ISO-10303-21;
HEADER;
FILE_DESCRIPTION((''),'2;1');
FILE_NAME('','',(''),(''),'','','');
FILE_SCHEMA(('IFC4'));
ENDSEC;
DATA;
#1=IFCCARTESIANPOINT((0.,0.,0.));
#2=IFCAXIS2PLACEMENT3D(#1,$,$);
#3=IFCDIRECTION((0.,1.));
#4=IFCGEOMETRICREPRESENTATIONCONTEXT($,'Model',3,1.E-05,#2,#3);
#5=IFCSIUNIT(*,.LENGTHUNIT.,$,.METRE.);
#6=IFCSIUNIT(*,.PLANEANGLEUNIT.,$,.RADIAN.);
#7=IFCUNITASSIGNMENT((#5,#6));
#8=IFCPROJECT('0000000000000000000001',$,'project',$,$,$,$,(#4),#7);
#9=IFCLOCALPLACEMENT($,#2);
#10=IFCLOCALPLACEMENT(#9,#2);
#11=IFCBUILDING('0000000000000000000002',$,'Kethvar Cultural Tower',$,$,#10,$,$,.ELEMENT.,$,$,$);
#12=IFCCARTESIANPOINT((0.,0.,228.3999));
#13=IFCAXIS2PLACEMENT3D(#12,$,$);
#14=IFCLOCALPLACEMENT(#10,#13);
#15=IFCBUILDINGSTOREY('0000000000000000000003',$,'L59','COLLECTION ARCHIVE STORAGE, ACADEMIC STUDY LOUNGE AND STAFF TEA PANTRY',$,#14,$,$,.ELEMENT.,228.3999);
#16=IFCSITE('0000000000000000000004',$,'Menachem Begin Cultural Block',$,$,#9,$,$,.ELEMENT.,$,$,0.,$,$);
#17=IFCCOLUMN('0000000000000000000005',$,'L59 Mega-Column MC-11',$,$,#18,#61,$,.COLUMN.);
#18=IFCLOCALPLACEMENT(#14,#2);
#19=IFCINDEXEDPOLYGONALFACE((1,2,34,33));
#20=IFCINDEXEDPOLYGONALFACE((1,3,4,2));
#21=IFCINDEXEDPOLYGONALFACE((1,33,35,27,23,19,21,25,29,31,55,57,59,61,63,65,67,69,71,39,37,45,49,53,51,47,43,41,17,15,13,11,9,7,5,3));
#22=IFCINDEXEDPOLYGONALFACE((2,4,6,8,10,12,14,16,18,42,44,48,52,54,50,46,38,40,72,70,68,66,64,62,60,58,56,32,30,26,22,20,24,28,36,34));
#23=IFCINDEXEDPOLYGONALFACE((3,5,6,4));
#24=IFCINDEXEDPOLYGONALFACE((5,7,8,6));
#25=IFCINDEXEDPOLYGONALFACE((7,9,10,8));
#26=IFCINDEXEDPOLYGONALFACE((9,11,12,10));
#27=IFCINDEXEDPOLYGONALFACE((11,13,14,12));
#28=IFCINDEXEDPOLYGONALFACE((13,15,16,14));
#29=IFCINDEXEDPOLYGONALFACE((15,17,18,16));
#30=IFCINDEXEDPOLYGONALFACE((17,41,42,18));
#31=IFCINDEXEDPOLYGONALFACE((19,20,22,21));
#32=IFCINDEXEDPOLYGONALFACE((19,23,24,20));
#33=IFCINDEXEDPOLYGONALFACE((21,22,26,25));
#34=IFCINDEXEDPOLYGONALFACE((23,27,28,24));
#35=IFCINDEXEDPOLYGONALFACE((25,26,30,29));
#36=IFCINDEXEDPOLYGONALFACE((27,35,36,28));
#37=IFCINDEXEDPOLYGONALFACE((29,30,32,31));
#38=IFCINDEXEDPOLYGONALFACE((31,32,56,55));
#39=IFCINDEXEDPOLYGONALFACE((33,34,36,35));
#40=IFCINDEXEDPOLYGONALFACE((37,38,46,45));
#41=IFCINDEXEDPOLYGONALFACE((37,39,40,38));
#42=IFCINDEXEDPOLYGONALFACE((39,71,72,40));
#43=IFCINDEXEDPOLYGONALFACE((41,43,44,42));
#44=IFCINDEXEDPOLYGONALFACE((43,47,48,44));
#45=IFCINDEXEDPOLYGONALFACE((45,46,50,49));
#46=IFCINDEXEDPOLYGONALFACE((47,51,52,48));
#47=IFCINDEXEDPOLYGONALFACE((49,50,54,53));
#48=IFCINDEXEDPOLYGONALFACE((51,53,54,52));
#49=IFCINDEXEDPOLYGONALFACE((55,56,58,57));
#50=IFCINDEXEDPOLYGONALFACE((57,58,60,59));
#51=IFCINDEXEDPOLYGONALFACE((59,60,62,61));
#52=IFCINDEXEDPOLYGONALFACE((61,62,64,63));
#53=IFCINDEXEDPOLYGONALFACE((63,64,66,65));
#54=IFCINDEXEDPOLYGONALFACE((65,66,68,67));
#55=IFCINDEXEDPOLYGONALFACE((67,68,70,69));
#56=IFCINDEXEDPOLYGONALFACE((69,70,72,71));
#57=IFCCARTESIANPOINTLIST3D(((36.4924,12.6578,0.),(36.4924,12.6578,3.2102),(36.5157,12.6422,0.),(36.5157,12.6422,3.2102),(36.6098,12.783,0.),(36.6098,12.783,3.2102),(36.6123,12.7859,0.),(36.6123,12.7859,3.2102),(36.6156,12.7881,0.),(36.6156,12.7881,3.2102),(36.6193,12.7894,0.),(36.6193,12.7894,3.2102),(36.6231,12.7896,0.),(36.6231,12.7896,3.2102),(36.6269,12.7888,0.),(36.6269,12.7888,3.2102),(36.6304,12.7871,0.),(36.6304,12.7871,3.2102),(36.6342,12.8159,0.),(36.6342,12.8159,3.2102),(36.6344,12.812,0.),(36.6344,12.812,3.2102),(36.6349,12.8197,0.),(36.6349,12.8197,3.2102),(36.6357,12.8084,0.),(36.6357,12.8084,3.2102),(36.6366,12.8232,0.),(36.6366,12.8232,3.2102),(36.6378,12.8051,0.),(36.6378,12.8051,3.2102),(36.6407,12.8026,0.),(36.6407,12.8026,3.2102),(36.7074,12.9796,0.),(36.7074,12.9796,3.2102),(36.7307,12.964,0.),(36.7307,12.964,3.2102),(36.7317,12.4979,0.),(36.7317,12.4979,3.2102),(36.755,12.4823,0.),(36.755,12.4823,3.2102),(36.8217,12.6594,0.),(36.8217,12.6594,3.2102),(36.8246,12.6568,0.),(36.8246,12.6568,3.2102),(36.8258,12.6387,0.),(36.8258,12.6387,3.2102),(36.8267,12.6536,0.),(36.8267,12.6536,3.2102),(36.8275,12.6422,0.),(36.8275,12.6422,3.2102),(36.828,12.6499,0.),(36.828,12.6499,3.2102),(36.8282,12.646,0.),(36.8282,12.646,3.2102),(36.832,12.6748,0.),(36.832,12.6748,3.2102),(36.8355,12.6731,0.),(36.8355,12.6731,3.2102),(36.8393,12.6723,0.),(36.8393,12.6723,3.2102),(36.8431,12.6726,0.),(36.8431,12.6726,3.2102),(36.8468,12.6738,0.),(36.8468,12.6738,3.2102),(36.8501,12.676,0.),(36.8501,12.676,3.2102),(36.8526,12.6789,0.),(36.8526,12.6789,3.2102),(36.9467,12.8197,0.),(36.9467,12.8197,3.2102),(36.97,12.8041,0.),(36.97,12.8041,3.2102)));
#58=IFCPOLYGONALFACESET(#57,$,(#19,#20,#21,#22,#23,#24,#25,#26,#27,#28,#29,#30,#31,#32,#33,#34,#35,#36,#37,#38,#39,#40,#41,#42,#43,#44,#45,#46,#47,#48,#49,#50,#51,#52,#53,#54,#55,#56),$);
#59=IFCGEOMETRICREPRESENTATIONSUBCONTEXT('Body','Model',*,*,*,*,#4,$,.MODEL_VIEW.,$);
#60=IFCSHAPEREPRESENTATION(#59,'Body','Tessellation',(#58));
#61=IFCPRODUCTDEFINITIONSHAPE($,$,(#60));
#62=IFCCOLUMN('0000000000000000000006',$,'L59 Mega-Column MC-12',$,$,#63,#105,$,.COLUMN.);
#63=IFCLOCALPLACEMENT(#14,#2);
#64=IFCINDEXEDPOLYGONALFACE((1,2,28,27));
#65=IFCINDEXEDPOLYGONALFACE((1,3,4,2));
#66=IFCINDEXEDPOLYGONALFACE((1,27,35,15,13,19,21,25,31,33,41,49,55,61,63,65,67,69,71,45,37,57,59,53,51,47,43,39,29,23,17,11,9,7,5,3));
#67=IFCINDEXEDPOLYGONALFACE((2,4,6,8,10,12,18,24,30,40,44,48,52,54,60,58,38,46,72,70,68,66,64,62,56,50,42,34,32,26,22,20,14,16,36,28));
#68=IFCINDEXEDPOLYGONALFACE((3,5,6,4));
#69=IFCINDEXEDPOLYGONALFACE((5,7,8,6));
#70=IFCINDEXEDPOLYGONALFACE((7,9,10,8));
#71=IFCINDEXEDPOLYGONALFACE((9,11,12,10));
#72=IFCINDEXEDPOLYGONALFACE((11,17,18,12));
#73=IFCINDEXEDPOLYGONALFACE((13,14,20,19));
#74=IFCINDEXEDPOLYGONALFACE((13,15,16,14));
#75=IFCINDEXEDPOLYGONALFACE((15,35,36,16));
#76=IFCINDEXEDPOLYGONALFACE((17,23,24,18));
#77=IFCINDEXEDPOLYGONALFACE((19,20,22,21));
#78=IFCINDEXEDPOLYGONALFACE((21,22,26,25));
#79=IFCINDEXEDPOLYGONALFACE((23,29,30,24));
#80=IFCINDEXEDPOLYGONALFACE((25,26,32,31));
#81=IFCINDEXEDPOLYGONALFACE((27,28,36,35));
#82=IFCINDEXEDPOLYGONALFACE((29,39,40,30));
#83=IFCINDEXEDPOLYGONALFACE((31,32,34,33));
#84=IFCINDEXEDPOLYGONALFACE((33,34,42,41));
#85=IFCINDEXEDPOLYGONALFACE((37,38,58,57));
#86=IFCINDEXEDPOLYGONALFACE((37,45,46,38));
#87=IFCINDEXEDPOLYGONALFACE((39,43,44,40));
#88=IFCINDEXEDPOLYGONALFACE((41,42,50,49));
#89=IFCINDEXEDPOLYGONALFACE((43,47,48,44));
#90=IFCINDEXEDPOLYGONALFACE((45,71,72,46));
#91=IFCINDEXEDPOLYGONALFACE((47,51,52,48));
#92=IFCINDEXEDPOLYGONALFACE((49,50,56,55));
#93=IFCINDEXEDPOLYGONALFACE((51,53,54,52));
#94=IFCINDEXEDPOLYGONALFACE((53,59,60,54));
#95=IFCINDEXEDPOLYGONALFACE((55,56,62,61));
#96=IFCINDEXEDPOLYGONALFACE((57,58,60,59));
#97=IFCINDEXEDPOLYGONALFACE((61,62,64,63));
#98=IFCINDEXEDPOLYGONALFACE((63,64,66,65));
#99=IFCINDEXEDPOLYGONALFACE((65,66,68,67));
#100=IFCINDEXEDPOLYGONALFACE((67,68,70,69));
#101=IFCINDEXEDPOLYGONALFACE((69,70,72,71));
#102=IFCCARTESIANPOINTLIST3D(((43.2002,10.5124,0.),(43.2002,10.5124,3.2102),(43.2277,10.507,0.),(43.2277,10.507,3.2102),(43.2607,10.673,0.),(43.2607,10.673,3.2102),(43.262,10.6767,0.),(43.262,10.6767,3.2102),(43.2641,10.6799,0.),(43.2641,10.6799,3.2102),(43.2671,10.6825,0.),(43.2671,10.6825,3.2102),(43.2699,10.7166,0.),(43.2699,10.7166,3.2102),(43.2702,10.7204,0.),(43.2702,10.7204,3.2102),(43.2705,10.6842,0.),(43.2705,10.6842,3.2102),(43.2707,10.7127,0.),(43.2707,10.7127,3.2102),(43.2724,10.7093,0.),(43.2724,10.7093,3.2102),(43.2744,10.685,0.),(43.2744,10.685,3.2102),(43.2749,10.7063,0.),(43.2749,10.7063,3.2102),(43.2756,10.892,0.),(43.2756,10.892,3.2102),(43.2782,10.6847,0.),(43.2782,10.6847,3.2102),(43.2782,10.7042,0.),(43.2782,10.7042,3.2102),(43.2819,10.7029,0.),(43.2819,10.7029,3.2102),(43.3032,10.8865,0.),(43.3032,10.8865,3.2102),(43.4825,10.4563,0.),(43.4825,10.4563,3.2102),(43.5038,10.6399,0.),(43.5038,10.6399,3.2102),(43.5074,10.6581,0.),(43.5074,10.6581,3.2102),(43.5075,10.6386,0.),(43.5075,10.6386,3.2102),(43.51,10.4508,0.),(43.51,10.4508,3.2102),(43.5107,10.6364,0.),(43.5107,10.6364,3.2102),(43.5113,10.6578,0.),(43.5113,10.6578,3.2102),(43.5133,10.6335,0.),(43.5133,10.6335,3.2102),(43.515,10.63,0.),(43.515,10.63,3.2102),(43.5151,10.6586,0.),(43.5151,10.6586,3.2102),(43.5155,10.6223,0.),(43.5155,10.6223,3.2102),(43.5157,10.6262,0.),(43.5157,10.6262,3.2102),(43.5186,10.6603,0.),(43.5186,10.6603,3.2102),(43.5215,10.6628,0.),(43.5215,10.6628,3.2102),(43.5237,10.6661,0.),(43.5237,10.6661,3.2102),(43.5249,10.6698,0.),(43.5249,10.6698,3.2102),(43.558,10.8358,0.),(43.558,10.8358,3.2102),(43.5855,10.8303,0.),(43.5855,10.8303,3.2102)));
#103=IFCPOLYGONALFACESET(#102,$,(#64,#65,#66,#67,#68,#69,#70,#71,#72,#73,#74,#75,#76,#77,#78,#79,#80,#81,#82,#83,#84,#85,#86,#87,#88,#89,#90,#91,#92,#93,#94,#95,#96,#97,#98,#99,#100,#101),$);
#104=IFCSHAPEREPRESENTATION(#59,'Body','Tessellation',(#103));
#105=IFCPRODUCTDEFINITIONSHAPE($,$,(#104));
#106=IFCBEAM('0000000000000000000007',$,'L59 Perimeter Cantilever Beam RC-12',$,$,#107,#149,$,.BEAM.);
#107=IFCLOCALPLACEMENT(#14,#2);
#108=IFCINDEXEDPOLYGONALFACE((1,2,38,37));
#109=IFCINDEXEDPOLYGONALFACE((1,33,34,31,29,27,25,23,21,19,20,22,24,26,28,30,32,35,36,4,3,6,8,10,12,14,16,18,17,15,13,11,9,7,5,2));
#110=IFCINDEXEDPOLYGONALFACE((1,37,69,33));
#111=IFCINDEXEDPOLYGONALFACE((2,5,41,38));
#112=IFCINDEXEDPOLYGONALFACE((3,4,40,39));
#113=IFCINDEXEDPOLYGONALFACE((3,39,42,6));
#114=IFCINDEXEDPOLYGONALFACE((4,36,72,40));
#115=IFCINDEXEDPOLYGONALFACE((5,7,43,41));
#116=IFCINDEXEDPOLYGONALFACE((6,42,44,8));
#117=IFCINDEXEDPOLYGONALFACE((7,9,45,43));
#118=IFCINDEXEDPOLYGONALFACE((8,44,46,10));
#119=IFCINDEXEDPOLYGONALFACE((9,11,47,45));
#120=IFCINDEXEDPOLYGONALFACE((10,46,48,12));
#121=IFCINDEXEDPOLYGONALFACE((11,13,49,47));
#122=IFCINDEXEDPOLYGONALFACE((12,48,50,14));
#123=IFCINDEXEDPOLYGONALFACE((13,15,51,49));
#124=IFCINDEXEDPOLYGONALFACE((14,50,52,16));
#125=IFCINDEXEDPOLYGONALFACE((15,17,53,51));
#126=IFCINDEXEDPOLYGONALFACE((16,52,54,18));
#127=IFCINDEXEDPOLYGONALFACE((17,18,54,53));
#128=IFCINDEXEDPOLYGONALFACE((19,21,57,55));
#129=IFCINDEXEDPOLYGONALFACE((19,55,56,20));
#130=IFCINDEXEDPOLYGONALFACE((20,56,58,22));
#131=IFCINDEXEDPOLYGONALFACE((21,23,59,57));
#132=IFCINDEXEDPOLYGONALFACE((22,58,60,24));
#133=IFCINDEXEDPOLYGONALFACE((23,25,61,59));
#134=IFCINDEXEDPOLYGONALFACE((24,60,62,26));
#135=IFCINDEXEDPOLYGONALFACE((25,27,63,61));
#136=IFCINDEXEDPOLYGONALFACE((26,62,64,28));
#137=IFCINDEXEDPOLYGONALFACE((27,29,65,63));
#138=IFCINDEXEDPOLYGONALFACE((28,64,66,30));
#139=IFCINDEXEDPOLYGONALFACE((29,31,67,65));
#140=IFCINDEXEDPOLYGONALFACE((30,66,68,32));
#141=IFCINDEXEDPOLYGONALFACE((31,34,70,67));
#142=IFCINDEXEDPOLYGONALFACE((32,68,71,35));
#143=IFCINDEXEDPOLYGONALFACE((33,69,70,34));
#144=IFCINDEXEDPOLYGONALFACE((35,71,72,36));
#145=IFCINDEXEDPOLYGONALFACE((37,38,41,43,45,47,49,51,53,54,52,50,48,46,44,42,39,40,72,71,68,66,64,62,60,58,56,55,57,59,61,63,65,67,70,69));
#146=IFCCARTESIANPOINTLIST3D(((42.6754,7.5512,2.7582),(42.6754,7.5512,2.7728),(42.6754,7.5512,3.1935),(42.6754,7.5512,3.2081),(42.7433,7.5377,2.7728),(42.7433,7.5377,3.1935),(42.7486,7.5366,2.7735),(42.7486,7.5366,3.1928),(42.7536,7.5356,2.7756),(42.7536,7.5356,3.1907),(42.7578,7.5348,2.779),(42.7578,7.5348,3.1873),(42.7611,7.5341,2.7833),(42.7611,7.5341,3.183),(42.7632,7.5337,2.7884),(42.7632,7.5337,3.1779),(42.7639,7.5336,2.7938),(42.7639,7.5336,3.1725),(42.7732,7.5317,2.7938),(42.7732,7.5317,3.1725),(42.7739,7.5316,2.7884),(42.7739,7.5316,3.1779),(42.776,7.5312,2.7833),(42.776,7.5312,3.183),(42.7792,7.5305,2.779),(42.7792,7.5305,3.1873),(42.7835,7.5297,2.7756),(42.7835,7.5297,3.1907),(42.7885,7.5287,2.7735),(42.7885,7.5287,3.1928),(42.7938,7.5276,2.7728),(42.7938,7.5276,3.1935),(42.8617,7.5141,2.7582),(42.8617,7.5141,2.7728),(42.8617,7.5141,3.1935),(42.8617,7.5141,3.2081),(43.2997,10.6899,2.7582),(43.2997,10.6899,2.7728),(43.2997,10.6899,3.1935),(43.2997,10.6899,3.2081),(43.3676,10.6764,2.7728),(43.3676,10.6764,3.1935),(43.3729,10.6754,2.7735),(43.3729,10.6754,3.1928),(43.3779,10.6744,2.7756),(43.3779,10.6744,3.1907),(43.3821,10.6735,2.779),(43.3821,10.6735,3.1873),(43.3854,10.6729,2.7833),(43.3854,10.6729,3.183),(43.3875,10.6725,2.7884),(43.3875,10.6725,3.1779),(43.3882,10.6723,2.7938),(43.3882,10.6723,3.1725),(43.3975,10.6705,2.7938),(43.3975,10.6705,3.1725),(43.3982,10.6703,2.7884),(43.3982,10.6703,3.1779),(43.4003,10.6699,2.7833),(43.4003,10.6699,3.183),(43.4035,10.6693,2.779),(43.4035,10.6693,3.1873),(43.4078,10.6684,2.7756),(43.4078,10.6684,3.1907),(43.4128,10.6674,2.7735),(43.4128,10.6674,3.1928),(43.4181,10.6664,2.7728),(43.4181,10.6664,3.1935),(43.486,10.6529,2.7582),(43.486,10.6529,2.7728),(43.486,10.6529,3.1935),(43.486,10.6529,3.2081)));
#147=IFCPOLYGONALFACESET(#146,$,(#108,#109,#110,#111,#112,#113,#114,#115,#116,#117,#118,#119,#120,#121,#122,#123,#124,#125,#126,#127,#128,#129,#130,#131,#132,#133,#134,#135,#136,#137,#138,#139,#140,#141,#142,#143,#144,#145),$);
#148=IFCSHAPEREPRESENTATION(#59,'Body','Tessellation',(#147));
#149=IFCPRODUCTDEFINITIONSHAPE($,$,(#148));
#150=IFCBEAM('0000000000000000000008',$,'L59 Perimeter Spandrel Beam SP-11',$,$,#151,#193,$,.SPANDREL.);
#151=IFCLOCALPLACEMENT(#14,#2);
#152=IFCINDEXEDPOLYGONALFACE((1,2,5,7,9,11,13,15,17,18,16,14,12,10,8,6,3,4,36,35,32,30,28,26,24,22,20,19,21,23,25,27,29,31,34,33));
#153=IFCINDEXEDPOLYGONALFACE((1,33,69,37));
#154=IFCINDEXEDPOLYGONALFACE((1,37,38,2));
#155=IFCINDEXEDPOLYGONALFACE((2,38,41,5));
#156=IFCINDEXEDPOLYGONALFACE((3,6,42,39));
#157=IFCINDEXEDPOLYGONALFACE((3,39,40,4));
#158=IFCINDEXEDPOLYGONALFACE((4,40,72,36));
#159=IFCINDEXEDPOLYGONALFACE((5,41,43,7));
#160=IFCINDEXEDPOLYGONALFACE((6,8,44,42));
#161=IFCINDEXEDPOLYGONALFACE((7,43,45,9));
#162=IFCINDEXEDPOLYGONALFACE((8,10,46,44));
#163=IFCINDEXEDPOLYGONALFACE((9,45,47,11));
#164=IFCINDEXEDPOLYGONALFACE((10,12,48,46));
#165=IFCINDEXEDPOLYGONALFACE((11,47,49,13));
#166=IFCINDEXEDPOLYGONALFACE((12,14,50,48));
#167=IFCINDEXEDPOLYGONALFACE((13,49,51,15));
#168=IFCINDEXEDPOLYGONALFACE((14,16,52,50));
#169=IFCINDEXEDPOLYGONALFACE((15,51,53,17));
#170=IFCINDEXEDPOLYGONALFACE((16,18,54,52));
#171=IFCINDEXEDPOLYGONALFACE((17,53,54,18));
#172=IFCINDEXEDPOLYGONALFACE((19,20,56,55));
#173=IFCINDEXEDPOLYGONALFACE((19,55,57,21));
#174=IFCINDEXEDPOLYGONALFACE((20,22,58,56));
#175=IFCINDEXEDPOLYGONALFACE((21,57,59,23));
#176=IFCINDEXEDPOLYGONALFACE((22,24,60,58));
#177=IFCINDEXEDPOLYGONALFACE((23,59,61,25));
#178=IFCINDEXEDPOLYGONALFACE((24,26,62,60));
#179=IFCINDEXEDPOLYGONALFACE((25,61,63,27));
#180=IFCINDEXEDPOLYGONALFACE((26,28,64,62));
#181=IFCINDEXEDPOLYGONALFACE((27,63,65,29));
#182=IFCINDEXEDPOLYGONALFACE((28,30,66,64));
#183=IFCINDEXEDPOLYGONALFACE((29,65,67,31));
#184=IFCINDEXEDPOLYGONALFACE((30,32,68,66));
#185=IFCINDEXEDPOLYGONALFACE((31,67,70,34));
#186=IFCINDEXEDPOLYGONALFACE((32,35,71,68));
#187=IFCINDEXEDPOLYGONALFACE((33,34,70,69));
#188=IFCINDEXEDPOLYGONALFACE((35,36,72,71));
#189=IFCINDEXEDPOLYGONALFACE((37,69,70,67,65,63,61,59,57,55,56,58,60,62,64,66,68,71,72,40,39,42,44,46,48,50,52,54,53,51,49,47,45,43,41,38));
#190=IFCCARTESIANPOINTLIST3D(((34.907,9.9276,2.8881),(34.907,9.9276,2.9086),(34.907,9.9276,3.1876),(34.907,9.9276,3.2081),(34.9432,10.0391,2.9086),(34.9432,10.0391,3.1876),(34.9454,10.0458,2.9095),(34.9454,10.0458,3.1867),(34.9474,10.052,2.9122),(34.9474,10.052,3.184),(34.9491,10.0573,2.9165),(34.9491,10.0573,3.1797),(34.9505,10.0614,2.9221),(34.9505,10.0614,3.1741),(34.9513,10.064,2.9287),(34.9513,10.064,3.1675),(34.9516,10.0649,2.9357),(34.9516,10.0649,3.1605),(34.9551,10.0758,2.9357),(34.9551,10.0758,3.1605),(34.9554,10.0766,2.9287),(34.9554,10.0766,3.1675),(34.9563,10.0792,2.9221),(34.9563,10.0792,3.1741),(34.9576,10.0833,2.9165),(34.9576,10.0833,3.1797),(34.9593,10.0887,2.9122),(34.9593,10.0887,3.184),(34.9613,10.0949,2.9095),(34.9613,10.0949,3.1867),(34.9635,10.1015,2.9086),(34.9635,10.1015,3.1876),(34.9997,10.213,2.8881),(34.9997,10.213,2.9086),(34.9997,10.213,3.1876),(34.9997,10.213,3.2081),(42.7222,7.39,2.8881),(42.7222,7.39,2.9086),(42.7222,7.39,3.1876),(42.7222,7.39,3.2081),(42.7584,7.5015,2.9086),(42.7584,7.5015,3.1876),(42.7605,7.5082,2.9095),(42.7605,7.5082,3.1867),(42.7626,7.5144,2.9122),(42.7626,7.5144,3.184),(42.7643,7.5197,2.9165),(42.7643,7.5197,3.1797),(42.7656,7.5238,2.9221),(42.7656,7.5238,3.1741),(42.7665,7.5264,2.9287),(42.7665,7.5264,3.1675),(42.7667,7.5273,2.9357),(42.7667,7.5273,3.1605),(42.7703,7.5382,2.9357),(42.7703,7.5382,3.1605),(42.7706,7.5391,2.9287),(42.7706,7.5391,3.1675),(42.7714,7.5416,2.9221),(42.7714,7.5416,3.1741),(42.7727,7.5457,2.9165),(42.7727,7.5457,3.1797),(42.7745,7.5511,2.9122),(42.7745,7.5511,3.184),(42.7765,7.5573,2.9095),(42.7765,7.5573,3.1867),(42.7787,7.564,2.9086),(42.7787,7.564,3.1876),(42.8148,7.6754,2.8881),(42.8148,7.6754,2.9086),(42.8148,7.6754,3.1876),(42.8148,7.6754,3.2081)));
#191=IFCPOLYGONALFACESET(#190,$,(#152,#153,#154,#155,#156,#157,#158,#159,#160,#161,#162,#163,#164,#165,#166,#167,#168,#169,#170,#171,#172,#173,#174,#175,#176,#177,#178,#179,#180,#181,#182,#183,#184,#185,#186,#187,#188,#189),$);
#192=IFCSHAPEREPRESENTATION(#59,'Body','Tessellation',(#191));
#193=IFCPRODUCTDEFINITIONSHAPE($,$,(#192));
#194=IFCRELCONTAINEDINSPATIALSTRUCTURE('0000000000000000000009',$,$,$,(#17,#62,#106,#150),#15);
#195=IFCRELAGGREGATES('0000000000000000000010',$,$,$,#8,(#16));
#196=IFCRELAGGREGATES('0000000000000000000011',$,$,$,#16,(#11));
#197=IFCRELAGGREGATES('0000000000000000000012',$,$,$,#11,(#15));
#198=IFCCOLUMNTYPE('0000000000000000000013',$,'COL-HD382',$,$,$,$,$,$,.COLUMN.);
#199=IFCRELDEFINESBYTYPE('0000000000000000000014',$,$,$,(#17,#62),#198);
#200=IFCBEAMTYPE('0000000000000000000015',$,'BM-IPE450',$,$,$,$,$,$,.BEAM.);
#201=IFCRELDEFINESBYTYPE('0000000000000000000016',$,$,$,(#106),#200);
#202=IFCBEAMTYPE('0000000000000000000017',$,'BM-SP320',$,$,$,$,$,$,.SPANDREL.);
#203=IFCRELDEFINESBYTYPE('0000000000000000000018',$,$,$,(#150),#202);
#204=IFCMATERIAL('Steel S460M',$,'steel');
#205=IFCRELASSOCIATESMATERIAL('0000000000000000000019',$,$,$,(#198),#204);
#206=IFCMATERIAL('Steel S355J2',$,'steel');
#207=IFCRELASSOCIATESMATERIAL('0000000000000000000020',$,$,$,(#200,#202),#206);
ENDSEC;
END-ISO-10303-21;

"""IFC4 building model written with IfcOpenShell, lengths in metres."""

from ifc_helpers import new_model, si_unit, direction, frame, origin, origin_2d, place, context, subcontext, project, spatial, i_section, extrude, source, transform, mapped, material, material_profile, profile_set, type_object, element, save


model = new_model("IFC4")

# Units and contexts
model_context = context("Model", 3, precision=1e-05, world=origin(), true_north=direction((0.0, 1.0)))
body_context = subcontext(model_context, "Body", "Model", "MODEL_VIEW")
ifc_project = project(units=[si_unit("LENGTHUNIT", "METRE"), si_unit("PLANEANGLEUNIT", "RADIAN")], contexts=[model_context])

# Site, building, storey
site_placement = place(None, origin())
site = spatial("IfcSite", under=ifc_project, at=site_placement, Name="Menachem Begin Cultural Block", CompositionType="ELEMENT", RefElevation=0.0)
building_placement = place(site_placement, origin())
building = spatial("IfcBuilding", under=site, at=building_placement, Name="Kethvar Cultural Tower", CompositionType="ELEMENT")
storey_placement = place(building_placement, frame((0.0, 0.0, 228.3999)))
storey = spatial("IfcBuildingStorey", under=building, at=storey_placement, Name="L59", Description="COLLECTION ARCHIVE STORAGE, ACADEMIC STUDY LOUNGE AND STAFF TEA PANTRY", CompositionType="ELEMENT", Elevation=228.3999)

# Columns
ifc_material_1 = material(Name="Steel S460M", Category="steel")
ifc_material_profile_1 = material_profile(ifc_material_1, i_section(OverallWidth=0.387, OverallDepth=0.3159, WebThickness=0.0186, FlangeThickness=0.0281, FilletRadius=0.0149, at=origin_2d()), Name="Steel S460M — HD400x382")
ifc_profile_set_1 = profile_set([ifc_material_profile_1], Name="Steel S460M — HD400x382")
column_type = type_object("IfcColumnType", Name="COL-HD382", PredefinedType="COLUMN", material=ifc_profile_set_1)
shared_shape_1 = source(origin(), body_context, "Body", "SweptSolid", [
    extrude(i_section(OverallWidth=0.387, OverallDepth=0.3159, WebThickness=0.0186, FlangeThickness=0.0281, FilletRadius=0.0149, at=origin_2d()), origin(), (0.0, 0.0, 1.0), 3.2102),
])
for number, where, z_axis, x_axis, name in (
    (1, (36.7312, 12.731, 0.0), (0.0, 0.0, 1.0), (-0.55557, -0.83147, 0.0), "L59 Mega-Column MC-11"),
    (2, (43.3928, 10.6714, 0.0), (0.0, 0.0, 1.0), (-0.19509, -0.980785, 0.0), "L59 Mega-Column MC-12"),
):
    element("IfcColumn", number, at=place(storey_placement, frame(where, z_axis=z_axis, x_axis=x_axis)), inside=storey, type_object=column_type, Name=name, PredefinedType="COLUMN", context=body_context, shape_type="MappedRepresentation", body=[
        mapped(shared_shape_1, transform((0.0, 0.0, 0.0), scale=1.0)),
    ])

# Beams
ifc_material_2 = material(Name="Steel S355J2", Category="steel")
ifc_material_profile_2 = material_profile(ifc_material_2, i_section(OverallWidth=0.1899, OverallDepth=0.45, WebThickness=0.0095, FlangeThickness=0.0146, FilletRadius=0.021, at=origin_2d()), Name="Steel S355J2 — IPE450")
ifc_profile_set_2 = profile_set([ifc_material_profile_2], Name="Steel S355J2 — IPE450")
beam_type_1 = type_object("IfcBeamType", Name="BM-IPE450", PredefinedType="BEAM", material=ifc_profile_set_2)
shared_shape_2 = source(origin(), body_context, "Body", "SweptSolid", [
    extrude(i_section(OverallWidth=0.1899, OverallDepth=0.45, WebThickness=0.0095, FlangeThickness=0.0146, FilletRadius=0.021, at=origin_2d()), origin(), (0.0, 0.0, 1.0), 3.2002),
])
beam_1_placement = place(storey_placement, frame((43.3928, 10.6714, 2.9832), z_axis=(-0.195074, -0.980788, 0.0), x_axis=(0.980788, -0.195074, 0.0)))
element("IfcBeam", 3, at=beam_1_placement, inside=storey, type_object=beam_type_1, Name="L59 Perimeter Cantilever Beam RC-12", PredefinedType="BEAM", context=body_context, shape_type="MappedRepresentation", body=[
    mapped(shared_shape_2, transform((0.0, 0.0, 0.0), scale=1.0)),
])
ifc_material_profile_3 = material_profile(ifc_material_2, i_section(OverallWidth=0.3, OverallDepth=0.3201, WebThickness=0.0115, FlangeThickness=0.0205, FilletRadius=0.0271, at=origin_2d()), Name="Steel S355J2 — HEB320")
ifc_profile_set_3 = profile_set([ifc_material_profile_3], Name="Steel S355J2 — HEB320")
beam_type_2 = type_object("IfcBeamType", Name="BM-SP320", PredefinedType="SPANDREL", material=ifc_profile_set_3)
shared_shape_3 = source(origin(), body_context, "Body", "SweptSolid", [
    extrude(i_section(OverallWidth=0.3, OverallDepth=0.3201, WebThickness=0.0115, FlangeThickness=0.0205, FilletRadius=0.0271, at=origin_2d()), origin(), (0.0, 0.0, 1.0), 8.2168),
])
beam_2_placement = place(storey_placement, frame((34.9534, 10.0703, 3.0481), z_axis=(0.951118, -0.308829, 0.0), x_axis=(0.308829, 0.951118, 0.0)))
element("IfcBeam", 4, at=beam_2_placement, inside=storey, type_object=beam_type_2, Name="L59 Perimeter Spandrel Beam SP-11", PredefinedType="SPANDREL", context=body_context, shape_type="MappedRepresentation", body=[
    mapped(shared_shape_3, transform((0.0, 0.0, 0.0), scale=1.0)),
])

save(model, "model.ifc")
